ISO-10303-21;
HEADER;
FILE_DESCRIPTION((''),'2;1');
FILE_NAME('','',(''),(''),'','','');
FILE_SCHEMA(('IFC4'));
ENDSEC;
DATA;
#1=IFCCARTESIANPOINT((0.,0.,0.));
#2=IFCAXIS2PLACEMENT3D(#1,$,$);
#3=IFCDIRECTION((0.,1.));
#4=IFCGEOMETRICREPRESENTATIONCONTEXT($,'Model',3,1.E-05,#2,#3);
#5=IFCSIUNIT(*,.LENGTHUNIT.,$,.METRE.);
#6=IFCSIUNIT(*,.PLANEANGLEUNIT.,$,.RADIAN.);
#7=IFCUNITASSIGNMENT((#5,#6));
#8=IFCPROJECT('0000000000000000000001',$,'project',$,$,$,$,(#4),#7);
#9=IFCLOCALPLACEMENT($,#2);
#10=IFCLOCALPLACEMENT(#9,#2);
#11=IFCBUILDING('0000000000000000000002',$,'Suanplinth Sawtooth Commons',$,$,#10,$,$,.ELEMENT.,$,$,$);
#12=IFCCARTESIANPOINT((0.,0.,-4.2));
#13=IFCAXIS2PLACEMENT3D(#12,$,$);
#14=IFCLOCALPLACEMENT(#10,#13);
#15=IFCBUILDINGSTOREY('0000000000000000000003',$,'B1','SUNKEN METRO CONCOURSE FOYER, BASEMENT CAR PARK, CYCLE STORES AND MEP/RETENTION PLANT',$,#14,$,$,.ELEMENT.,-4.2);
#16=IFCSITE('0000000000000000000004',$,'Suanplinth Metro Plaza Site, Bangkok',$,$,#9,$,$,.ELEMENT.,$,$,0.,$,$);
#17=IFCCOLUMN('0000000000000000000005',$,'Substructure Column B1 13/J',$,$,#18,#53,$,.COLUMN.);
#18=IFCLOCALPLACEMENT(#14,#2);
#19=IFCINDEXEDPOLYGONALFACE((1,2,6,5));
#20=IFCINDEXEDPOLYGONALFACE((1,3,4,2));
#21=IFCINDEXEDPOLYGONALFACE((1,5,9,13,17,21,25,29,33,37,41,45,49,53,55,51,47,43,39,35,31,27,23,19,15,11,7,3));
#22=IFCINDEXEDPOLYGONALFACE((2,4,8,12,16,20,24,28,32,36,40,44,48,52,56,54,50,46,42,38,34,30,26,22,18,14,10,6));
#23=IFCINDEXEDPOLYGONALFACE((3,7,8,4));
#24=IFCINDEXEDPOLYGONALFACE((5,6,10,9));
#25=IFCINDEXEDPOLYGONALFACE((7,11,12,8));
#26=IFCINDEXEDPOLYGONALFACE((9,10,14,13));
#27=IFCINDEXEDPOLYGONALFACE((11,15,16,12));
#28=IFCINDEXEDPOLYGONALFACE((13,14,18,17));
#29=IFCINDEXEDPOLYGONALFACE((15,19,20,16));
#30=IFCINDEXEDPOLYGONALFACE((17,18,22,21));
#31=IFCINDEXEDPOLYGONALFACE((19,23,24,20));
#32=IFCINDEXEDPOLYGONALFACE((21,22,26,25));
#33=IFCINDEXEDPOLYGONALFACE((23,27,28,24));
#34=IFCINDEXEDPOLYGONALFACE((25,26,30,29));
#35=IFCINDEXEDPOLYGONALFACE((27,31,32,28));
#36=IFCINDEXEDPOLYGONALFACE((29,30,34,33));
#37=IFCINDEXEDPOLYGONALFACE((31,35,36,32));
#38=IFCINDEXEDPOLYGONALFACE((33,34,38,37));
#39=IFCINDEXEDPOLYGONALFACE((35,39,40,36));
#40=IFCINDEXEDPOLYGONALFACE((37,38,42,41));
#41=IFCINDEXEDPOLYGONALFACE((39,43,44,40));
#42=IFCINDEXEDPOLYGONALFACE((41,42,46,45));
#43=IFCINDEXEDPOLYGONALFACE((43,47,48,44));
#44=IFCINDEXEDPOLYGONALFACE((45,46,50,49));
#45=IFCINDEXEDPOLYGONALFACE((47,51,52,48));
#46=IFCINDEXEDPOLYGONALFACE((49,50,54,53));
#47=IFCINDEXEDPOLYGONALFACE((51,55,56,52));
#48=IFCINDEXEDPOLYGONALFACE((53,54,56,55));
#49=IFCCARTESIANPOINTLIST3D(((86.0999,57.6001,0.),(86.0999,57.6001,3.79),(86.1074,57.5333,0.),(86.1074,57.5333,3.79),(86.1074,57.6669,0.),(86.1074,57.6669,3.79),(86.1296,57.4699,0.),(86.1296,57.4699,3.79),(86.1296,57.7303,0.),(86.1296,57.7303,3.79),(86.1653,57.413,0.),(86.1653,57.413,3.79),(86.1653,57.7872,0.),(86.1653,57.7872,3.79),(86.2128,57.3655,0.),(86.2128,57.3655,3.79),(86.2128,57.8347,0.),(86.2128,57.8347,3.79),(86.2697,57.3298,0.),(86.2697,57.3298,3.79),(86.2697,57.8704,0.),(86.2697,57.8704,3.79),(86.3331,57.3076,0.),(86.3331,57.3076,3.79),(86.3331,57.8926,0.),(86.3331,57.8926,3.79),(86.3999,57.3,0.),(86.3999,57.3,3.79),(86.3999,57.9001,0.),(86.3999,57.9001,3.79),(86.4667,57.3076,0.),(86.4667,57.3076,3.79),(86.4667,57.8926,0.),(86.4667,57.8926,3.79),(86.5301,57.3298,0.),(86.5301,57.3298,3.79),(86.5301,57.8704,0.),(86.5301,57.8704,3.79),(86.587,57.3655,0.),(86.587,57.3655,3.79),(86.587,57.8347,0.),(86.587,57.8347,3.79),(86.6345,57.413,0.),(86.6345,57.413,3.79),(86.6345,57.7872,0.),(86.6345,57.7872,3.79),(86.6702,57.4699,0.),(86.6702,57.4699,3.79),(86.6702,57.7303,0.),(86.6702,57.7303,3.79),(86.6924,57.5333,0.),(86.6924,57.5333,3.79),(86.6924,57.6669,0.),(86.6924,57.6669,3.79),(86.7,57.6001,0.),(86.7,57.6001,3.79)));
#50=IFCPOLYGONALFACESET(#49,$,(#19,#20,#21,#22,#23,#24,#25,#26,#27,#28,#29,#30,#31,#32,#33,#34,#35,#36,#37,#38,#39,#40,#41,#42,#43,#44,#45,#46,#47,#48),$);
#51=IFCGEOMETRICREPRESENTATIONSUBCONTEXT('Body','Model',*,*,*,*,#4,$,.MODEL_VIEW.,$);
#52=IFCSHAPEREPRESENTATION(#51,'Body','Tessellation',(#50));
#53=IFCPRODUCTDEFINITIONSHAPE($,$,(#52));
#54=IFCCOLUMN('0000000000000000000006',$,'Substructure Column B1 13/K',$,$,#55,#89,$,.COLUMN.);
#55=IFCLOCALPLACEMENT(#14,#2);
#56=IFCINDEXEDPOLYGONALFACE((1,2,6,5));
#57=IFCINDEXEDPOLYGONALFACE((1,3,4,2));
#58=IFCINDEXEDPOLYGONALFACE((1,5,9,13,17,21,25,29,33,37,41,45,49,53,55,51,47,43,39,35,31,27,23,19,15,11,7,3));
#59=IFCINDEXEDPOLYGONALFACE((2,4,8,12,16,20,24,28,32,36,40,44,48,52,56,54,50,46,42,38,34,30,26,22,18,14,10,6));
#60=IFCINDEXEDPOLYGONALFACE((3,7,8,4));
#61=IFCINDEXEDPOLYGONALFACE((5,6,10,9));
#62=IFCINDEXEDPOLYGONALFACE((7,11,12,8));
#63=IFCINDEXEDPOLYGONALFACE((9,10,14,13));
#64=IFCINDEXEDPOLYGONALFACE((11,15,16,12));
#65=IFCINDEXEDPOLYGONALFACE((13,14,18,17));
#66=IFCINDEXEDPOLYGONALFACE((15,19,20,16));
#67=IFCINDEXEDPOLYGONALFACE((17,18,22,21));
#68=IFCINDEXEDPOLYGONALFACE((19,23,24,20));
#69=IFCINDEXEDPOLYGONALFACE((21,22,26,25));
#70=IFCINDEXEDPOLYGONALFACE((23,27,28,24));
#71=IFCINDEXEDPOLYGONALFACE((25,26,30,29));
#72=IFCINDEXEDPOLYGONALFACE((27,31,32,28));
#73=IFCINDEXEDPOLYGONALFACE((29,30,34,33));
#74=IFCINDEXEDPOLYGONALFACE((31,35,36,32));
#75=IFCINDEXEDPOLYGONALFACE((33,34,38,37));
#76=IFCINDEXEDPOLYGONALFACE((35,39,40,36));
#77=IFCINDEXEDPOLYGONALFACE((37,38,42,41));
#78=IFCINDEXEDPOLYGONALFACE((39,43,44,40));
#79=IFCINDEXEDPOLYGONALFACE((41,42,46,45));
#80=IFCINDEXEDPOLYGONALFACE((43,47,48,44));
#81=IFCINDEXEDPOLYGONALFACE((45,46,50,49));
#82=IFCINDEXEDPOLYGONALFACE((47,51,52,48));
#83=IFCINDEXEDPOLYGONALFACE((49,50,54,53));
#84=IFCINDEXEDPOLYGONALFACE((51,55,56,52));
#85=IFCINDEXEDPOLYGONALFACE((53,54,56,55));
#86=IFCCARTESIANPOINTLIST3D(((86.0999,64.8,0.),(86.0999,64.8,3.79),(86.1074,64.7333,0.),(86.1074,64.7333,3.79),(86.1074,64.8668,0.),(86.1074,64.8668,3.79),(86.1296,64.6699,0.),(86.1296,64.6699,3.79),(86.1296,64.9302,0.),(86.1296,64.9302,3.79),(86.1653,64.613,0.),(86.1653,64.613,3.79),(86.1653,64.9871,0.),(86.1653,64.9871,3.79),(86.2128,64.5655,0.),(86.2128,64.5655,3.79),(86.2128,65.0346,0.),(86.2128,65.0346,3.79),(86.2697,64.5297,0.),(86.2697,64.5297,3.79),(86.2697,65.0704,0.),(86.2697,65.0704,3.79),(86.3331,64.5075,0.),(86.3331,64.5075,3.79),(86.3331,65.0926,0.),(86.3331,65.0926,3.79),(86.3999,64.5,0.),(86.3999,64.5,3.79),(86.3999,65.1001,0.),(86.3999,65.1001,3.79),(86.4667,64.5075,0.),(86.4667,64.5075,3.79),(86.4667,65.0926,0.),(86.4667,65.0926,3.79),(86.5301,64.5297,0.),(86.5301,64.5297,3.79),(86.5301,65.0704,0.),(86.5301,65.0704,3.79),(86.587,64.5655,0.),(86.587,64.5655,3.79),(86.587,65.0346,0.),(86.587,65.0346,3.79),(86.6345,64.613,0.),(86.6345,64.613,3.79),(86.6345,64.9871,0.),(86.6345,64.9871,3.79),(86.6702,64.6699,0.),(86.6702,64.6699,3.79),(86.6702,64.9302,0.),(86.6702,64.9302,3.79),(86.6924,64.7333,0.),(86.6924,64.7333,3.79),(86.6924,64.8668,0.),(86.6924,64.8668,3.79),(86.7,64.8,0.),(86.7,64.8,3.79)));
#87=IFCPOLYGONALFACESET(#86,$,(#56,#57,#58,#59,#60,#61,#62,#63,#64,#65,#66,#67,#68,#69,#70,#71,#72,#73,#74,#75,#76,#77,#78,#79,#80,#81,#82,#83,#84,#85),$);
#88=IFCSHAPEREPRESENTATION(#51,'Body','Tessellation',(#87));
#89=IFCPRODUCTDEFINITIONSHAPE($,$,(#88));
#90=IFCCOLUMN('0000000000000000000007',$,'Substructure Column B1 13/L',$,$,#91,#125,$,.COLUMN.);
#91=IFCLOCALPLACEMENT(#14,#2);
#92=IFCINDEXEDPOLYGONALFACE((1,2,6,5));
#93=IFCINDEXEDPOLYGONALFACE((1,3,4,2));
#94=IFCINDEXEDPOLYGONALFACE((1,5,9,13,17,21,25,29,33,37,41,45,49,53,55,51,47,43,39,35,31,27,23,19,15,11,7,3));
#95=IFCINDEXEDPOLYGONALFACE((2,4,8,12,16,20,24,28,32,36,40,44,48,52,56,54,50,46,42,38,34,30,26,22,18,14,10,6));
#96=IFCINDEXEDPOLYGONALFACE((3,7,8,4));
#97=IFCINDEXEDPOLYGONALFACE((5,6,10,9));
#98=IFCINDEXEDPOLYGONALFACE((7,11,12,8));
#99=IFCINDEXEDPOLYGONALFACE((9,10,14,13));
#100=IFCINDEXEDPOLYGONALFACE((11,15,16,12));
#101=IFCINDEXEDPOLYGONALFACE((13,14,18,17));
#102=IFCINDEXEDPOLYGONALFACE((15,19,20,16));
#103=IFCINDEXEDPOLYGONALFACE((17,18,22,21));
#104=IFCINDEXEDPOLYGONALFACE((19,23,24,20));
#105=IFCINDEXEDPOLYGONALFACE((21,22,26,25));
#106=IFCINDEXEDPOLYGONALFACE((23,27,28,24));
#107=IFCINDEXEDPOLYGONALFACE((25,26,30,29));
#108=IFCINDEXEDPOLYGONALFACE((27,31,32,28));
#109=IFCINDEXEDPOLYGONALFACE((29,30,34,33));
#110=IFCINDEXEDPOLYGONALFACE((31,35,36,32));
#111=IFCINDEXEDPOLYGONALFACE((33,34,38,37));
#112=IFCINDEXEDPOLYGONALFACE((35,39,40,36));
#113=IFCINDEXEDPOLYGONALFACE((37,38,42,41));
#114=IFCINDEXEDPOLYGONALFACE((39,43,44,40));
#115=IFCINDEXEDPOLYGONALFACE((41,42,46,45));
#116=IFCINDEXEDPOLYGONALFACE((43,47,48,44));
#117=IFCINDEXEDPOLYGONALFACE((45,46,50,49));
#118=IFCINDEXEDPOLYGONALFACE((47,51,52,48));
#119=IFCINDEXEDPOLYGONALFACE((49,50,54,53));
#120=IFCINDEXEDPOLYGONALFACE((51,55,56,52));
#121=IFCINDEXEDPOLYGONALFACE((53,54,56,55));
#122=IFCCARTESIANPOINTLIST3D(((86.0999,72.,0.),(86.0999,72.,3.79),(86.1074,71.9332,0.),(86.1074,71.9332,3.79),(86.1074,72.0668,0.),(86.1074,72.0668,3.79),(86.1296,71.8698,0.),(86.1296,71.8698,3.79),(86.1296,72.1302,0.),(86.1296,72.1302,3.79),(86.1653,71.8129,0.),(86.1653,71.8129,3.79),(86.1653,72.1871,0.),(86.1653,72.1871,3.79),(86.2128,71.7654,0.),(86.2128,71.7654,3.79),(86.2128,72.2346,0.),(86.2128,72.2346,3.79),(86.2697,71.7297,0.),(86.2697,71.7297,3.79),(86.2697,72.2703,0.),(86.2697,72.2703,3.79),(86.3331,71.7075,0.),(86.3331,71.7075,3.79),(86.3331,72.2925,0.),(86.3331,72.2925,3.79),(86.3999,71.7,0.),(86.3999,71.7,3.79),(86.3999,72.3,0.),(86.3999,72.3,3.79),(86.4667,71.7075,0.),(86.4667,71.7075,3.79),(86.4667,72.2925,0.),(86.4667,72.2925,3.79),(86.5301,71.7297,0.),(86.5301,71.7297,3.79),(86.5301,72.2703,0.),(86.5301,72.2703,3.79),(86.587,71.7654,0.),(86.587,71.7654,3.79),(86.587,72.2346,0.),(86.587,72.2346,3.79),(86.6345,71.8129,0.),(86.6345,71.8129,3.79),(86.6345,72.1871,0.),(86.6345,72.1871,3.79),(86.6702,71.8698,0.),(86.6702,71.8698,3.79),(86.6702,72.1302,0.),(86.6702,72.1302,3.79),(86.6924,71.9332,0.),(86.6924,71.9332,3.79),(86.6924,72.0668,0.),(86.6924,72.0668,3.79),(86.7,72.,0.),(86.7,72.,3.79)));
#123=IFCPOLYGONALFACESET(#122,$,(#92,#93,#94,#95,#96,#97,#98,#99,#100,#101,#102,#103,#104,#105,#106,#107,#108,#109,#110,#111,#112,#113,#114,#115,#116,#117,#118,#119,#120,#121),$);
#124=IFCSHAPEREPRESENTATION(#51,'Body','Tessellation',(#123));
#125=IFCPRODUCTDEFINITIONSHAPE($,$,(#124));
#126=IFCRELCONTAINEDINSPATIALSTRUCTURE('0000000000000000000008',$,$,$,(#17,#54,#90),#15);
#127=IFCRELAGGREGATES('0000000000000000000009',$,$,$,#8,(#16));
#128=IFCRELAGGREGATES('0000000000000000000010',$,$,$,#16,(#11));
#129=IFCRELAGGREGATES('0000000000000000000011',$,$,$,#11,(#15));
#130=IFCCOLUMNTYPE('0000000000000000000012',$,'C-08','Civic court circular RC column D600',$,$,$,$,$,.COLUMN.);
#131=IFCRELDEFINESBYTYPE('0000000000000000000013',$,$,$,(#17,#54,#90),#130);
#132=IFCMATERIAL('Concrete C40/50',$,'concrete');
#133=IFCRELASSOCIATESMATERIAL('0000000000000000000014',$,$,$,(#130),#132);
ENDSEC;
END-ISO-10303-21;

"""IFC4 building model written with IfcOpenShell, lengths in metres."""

from ifc_helpers import new_model, si_unit, direction, frame, origin, origin_2d, place, context, subcontext, project, spatial, circle, extrude, material, material_profile, profile_set, type_object, element, save


model = new_model("IFC4")

# Units and contexts
model_context = context("Model", 3, precision=1e-05, world=origin(), true_north=direction((0.0, 1.0)))
body_context = subcontext(model_context, "Body", "Model", "MODEL_VIEW")
ifc_project = project(units=[si_unit("LENGTHUNIT", "METRE"), si_unit("PLANEANGLEUNIT", "RADIAN")], contexts=[model_context])

# Site, building, storey
site_placement = place(None, origin())
site = spatial("IfcSite", under=ifc_project, at=site_placement, Name="Suanplinth Metro Plaza Site, Bangkok", CompositionType="ELEMENT", RefElevation=0.0)
building_placement = place(site_placement, origin())
building = spatial("IfcBuilding", under=site, at=building_placement, Name="Suanplinth Sawtooth Commons", CompositionType="ELEMENT")
storey_placement = place(building_placement, frame((0.0, 0.0, -4.2)))
storey = spatial("IfcBuildingStorey", under=building, at=storey_placement, Name="B1", Description="SUNKEN METRO CONCOURSE FOYER, BASEMENT CAR PARK, CYCLE STORES AND MEP/RETENTION PLANT", CompositionType="ELEMENT", Elevation=-4.2)

# Columns
ifc_material_1 = material(Name="Concrete C40/50", Category="concrete")
ifc_material_profile_1 = material_profile(ifc_material_1, circle(Radius=0.3, at=origin_2d()), Name="RC-CIRC D600")
ifc_profile_set_1 = profile_set([ifc_material_profile_1], Name="Concrete C40/50")
column_type = type_object("IfcColumnType", Name="C-08", Description="Civic court circular RC column D600", PredefinedType="COLUMN", material=ifc_profile_set_1)
for number, where, z_axis, x_axis, name in (
    (1, (86.3999, 57.6001, 0.0), (0.0, 0.0, 1.0), (1.0, 0.0, 0.0), "Substructure Column B1 13/J"),
    (2, (86.3999, 64.8, 0.0), (0.0, 0.0, 1.0), (1.0, 0.0, 0.0), "Substructure Column B1 13/K"),
    (3, (86.3999, 72.0, 0.0), (0.0, 0.0, 1.0), (1.0, 0.0, 0.0), "Substructure Column B1 13/L"),
):
    element("IfcColumn", number, at=place(storey_placement, frame(where, z_axis=z_axis, x_axis=x_axis)), inside=storey, type_object=column_type, Name=name, PredefinedType="COLUMN", context=body_context, shape_type="SweptSolid", body=[
        extrude(circle(Radius=0.3, at=origin_2d()), origin(), (0.0, 0.0, 1.0), 3.79),
    ])

save(model, "model.ifc")
